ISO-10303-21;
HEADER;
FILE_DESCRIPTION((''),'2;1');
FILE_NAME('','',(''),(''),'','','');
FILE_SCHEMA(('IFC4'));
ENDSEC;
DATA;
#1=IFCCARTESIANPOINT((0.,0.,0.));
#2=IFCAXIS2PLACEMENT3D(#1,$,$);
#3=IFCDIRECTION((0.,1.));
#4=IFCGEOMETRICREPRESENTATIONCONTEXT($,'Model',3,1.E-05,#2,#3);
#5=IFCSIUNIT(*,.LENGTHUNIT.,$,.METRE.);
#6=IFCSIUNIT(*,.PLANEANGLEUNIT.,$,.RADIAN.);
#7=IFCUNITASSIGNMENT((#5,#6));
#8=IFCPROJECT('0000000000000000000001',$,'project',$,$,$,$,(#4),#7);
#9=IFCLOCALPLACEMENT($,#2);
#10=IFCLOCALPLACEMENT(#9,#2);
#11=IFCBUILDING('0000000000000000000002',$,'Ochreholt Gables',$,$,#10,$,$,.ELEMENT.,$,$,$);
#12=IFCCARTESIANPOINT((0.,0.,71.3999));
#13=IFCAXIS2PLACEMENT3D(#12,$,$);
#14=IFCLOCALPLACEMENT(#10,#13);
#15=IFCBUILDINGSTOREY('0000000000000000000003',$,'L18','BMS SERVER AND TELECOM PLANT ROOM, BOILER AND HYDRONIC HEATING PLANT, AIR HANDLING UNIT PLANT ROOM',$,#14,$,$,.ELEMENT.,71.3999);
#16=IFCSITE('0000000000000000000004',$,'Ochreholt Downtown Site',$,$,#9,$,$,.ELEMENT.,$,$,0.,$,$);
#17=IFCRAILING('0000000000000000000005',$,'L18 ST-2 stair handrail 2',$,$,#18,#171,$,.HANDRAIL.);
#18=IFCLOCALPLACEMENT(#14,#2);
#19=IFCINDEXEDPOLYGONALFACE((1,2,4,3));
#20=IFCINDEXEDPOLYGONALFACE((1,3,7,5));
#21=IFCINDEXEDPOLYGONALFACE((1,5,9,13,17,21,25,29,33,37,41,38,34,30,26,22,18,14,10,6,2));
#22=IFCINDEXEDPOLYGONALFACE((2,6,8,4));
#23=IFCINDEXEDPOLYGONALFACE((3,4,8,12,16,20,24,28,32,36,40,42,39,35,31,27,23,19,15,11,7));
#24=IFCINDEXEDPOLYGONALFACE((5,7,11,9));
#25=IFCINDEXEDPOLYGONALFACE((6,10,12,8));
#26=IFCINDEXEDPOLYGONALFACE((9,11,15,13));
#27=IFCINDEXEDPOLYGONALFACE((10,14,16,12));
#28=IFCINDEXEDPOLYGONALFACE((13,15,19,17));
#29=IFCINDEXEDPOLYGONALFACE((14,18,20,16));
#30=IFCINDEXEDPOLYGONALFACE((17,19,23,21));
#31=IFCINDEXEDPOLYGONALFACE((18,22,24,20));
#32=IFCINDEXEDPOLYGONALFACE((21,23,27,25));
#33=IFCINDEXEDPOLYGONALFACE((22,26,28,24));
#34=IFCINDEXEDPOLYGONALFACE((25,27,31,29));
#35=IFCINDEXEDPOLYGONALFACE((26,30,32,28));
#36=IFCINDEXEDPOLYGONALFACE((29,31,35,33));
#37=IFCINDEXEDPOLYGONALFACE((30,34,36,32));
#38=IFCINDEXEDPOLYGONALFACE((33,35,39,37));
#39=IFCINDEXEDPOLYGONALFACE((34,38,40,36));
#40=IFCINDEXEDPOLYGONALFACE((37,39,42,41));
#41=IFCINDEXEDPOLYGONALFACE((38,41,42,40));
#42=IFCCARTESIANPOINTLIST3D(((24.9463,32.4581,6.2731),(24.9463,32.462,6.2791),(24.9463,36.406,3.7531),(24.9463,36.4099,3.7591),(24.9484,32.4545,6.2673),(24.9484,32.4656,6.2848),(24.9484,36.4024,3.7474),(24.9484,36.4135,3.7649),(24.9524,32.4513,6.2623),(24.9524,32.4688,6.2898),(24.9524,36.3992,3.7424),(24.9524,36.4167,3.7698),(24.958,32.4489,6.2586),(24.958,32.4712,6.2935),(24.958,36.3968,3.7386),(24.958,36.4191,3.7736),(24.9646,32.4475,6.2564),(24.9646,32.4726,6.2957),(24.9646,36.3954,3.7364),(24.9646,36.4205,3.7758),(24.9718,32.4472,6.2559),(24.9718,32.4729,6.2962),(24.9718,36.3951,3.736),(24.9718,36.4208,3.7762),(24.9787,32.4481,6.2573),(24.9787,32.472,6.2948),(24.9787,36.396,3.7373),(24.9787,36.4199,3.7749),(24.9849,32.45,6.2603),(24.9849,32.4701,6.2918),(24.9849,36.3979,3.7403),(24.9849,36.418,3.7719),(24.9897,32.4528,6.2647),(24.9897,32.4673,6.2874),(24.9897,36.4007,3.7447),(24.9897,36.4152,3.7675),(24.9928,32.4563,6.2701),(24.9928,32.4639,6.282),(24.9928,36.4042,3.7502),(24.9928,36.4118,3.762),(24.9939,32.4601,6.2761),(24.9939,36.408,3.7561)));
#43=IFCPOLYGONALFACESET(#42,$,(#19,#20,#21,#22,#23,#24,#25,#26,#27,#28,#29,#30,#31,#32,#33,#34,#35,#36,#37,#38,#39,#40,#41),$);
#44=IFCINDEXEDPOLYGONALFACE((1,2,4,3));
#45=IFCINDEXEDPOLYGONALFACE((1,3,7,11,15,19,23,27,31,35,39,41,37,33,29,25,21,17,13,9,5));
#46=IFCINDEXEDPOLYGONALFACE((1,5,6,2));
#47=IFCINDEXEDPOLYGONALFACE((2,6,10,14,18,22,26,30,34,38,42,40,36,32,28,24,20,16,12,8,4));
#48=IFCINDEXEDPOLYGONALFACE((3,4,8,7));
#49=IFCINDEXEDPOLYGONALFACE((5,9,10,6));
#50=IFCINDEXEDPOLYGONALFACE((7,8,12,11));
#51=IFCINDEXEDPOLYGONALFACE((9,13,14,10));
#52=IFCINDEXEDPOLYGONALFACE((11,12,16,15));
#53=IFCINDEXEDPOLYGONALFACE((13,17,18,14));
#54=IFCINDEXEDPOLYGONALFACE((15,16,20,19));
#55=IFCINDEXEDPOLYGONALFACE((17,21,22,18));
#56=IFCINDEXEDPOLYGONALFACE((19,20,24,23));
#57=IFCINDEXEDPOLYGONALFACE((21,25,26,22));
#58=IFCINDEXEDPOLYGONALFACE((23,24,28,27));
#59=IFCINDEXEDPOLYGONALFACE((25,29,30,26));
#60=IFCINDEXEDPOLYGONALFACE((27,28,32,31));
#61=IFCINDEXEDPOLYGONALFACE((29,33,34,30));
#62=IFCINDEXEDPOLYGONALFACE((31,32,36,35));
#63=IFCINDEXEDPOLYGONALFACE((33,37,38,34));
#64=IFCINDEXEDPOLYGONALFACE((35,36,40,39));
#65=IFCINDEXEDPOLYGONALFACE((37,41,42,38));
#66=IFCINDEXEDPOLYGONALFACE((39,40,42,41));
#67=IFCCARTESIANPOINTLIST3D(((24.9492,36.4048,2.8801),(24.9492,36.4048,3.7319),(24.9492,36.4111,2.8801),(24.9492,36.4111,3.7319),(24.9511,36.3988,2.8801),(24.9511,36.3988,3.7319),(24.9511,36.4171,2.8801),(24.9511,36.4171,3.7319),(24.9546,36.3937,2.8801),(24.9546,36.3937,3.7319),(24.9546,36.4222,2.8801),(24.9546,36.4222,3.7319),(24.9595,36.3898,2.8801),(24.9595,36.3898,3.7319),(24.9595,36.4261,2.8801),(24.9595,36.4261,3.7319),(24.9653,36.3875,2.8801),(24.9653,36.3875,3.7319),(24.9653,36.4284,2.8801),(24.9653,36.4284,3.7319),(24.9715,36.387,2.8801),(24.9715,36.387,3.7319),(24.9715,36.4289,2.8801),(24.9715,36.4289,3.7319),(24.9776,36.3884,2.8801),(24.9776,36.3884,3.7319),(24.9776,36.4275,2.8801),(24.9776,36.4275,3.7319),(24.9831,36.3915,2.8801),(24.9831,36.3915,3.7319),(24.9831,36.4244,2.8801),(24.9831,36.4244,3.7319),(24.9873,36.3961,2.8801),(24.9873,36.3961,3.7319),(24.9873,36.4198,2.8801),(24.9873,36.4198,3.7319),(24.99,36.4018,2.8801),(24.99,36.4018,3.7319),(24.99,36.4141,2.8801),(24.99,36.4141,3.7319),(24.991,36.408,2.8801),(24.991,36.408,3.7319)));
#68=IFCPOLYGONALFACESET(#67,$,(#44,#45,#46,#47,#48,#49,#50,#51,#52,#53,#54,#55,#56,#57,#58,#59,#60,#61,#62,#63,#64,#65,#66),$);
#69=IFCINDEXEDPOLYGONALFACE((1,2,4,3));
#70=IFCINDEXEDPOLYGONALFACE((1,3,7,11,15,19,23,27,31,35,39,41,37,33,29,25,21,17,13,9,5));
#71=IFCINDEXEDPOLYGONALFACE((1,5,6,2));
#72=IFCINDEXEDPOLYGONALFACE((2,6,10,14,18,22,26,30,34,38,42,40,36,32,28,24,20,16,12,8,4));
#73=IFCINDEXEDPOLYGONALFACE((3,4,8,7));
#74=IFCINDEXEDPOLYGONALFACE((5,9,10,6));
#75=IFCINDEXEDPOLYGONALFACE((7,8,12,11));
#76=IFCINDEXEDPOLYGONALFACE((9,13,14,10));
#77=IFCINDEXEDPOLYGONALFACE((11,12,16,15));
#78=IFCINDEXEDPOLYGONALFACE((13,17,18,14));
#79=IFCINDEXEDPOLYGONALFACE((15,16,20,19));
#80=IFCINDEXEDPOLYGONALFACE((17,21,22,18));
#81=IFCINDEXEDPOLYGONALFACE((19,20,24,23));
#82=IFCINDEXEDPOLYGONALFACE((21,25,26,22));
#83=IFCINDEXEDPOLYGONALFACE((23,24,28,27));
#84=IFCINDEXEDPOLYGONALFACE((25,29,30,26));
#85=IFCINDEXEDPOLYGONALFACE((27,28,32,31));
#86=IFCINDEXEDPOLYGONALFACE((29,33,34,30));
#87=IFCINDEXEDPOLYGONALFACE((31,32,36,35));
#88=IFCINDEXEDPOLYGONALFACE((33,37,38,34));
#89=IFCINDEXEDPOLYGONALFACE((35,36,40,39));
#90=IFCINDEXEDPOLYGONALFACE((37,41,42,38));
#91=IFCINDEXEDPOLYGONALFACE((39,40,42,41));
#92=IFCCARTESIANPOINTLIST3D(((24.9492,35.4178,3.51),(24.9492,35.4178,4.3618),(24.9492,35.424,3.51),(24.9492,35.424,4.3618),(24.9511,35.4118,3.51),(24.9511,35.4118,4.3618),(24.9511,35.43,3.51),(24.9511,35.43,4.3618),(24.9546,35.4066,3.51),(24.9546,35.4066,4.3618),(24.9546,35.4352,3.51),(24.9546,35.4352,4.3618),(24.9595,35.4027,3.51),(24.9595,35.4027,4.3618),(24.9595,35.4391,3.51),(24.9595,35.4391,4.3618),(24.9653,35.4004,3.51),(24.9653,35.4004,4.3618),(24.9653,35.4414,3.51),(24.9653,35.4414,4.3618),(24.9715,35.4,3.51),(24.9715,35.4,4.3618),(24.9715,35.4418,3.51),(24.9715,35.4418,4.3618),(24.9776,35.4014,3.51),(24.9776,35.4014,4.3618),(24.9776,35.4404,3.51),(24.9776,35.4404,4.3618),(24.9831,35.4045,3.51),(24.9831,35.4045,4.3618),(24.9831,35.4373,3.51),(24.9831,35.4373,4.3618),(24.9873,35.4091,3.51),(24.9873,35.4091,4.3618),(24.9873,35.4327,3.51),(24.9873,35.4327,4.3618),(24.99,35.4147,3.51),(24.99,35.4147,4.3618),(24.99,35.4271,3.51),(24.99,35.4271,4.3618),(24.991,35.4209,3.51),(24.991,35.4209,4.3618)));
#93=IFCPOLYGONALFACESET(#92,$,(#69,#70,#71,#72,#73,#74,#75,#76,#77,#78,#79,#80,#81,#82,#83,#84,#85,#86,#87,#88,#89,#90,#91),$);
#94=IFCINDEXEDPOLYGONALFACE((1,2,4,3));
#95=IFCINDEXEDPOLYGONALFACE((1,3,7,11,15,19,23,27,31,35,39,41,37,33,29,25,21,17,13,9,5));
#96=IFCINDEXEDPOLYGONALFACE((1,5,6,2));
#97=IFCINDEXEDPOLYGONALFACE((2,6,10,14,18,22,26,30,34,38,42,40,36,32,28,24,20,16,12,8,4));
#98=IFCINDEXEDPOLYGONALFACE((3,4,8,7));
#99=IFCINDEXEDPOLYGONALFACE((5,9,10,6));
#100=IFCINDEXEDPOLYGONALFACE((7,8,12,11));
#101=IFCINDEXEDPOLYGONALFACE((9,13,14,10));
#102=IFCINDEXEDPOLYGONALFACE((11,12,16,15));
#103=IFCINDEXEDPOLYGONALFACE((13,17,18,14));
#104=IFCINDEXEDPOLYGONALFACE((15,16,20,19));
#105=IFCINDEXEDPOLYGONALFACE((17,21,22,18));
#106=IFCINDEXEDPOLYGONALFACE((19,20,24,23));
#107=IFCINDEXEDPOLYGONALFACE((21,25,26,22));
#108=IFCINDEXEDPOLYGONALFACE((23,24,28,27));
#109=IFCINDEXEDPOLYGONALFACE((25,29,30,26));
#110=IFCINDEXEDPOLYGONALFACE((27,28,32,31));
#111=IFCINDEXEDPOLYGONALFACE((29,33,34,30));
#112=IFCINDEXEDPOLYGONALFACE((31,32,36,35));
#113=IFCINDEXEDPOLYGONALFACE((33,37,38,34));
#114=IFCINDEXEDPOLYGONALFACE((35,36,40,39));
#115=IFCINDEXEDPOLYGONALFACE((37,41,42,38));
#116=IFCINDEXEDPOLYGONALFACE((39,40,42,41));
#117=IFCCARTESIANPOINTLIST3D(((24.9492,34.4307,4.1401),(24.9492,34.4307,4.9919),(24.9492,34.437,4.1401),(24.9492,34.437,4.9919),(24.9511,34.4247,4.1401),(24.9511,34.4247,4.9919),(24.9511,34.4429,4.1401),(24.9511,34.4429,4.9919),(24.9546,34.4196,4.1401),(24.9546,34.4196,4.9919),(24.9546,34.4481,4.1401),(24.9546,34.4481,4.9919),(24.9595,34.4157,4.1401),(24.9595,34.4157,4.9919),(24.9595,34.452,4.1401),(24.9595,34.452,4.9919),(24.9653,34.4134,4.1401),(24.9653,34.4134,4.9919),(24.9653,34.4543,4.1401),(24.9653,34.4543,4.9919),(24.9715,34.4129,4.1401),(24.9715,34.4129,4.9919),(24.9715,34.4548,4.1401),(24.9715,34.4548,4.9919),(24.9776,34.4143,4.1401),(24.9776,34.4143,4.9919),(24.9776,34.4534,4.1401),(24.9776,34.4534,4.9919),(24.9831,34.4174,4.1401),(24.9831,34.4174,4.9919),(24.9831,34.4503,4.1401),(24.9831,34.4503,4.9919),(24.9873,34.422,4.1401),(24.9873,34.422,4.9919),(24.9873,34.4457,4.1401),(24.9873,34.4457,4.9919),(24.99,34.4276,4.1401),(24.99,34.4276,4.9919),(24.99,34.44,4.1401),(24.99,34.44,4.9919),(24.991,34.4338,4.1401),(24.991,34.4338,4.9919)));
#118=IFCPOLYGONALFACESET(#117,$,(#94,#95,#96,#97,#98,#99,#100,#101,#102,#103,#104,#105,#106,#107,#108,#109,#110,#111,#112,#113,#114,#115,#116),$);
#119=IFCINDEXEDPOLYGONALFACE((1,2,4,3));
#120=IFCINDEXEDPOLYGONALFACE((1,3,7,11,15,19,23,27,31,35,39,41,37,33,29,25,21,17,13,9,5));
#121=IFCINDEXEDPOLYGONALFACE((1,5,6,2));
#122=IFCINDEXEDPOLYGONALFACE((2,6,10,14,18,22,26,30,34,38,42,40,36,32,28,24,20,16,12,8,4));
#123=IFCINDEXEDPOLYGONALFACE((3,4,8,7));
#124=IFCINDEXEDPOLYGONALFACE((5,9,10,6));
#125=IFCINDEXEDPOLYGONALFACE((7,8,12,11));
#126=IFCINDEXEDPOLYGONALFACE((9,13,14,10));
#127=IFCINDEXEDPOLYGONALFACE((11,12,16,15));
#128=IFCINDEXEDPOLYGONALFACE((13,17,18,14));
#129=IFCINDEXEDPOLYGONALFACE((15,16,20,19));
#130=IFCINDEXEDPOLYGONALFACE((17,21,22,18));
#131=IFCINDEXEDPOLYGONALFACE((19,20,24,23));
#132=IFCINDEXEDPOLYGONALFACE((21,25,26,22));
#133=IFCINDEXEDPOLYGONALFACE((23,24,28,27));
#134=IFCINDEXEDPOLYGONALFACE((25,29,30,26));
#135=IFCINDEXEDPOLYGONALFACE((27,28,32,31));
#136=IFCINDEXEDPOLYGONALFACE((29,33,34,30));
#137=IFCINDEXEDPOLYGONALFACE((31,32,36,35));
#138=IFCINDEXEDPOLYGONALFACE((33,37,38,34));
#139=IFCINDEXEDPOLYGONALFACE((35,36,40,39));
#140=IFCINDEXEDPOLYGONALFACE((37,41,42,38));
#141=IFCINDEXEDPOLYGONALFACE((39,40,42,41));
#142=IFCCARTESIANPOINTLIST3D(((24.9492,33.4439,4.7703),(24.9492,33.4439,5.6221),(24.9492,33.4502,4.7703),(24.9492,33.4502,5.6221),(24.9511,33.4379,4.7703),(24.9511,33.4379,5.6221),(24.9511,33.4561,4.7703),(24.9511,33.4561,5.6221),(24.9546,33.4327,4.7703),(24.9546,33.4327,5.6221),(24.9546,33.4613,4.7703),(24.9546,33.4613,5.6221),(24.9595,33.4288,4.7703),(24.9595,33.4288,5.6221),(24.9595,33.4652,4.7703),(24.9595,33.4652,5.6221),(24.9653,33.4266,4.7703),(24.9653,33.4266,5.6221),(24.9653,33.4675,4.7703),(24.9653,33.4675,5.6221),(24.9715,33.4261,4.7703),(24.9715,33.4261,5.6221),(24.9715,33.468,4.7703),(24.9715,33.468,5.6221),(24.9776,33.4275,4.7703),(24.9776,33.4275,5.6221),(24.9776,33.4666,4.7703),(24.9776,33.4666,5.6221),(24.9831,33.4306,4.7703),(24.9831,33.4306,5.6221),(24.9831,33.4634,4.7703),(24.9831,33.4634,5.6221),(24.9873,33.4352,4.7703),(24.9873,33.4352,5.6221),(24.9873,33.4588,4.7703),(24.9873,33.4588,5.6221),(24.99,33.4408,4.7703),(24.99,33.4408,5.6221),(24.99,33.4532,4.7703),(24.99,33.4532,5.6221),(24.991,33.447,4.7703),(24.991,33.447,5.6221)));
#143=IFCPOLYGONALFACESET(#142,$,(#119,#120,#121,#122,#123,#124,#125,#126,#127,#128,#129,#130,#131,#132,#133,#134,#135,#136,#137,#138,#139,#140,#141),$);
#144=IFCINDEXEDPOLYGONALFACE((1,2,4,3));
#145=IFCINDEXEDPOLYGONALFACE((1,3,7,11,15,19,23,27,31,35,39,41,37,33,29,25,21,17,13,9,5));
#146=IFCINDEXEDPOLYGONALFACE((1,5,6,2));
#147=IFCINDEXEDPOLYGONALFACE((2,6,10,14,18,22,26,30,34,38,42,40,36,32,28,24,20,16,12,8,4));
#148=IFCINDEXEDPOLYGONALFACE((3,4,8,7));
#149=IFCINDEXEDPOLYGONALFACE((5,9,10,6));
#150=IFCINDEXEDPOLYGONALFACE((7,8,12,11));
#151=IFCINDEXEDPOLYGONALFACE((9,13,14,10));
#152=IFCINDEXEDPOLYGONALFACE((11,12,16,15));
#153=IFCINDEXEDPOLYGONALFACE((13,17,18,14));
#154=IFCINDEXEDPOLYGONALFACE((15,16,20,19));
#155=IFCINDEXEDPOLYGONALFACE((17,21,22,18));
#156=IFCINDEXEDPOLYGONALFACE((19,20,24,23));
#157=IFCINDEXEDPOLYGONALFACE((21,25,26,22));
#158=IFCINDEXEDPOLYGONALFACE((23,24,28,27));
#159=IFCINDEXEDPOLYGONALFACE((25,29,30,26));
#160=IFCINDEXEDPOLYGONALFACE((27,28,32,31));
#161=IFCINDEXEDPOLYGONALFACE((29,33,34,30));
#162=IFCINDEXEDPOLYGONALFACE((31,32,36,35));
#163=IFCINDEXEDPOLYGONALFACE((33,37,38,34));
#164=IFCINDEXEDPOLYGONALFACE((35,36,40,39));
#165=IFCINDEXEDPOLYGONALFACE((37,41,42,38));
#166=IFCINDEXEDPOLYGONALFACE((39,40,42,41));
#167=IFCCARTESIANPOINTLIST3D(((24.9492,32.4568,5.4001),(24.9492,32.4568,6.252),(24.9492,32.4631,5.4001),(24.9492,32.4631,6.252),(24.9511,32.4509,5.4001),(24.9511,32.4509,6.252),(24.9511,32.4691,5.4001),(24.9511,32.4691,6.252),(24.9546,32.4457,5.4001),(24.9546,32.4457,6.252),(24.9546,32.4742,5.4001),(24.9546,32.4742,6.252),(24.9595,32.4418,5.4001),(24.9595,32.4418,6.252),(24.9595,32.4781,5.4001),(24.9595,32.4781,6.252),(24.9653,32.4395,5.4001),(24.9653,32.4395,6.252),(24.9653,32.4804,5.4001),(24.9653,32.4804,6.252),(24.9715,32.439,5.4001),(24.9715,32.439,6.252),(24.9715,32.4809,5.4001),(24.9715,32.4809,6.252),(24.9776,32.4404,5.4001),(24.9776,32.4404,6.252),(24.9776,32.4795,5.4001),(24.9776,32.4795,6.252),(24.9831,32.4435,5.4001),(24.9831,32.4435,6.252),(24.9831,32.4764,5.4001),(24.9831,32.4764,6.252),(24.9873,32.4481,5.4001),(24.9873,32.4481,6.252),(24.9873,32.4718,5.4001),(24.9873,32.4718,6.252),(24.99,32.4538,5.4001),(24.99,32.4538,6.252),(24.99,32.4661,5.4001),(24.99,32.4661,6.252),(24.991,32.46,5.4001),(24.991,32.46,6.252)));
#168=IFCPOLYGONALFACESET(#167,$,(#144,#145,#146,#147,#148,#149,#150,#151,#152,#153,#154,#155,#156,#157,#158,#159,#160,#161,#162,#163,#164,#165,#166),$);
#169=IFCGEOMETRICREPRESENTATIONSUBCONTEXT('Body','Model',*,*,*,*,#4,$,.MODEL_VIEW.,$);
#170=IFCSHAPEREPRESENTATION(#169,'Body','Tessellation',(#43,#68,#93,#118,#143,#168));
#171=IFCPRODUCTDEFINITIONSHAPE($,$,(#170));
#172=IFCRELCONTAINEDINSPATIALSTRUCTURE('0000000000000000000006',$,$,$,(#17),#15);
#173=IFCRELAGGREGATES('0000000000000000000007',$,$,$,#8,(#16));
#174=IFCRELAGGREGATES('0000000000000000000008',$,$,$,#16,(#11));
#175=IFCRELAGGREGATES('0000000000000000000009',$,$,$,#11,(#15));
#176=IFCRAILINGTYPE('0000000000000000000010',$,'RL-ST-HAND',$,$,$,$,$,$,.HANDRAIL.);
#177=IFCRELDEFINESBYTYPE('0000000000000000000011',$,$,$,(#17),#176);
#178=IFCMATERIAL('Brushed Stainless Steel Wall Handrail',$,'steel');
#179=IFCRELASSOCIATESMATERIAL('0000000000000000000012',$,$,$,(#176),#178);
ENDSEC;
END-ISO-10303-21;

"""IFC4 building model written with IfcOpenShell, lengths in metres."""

from ifc_helpers import new_model, si_unit, direction, frame, origin, origin_2d, place, context, subcontext, project, spatial, circle, extrude, material, type_object, element, save


model = new_model("IFC4")

# Units and contexts
model_context = context("Model", 3, precision=1e-05, world=origin(), true_north=direction((0.0, 1.0)))
body_context = subcontext(model_context, "Body", "Model", "MODEL_VIEW")
ifc_project = project(units=[si_unit("LENGTHUNIT", "METRE"), si_unit("PLANEANGLEUNIT", "RADIAN")], contexts=[model_context])

# Site, building, storey
site_placement = place(None, origin())
site = spatial("IfcSite", under=ifc_project, at=site_placement, Name="Ochreholt Downtown Site", CompositionType="ELEMENT", RefElevation=0.0)
building_placement = place(site_placement, origin())
building = spatial("IfcBuilding", under=site, at=building_placement, Name="Ochreholt Gables", CompositionType="ELEMENT")
storey_placement = place(building_placement, frame((0.0, 0.0, 71.3999)))
storey = spatial("IfcBuildingStorey", under=building, at=storey_placement, Name="L18", Description="BMS SERVER AND TELECOM PLANT ROOM, BOILER AND HYDRONIC HEATING PLANT, AIR HANDLING UNIT PLANT ROOM", CompositionType="ELEMENT", Elevation=71.3999)

# Railing
ifc_material_1 = material(Name="Brushed Stainless Steel Wall Handrail", Category="steel")
railing_type_1 = type_object("IfcRailingType", Name="RL-ST-HAND", PredefinedType="HANDRAIL", material=ifc_material_1)
railing_1_placement = place(storey_placement, frame((24.97, 36.408, 2.8801)))
element("IfcRailing", 1, at=railing_1_placement, inside=storey, type_object=railing_type_1, Name="L18 ST-2 stair handrail 2", PredefinedType="HANDRAIL", context=body_context, shape_type="SweptSolid", body=[
    extrude(circle(Radius=0.0239, at=origin_2d()), frame((0.0, 0.0, 0.876), z_axis=(0.0, -0.84292, 0.538039), x_axis=(1.0, 0.0, 0.0)), (0.0, 0.0, 1.0), 4.6836),
    extrude(circle(Radius=0.021, at=origin_2d()), origin(), (0.0, 0.0, 1.0), 0.8518),
    extrude(circle(Radius=0.021, at=origin_2d()), frame((0.0, -0.9871, 0.6299)), (0.0, 0.0, 1.0), 0.8518),
    extrude(circle(Radius=0.021, at=origin_2d()), frame((0.0, -1.9741, 1.26)), (0.0, 0.0, 1.0), 0.8518),
    extrude(circle(Radius=0.021, at=origin_2d()), frame((0.0, -2.9609, 1.8901)), (0.0, 0.0, 1.0), 0.8518),
    extrude(circle(Radius=0.021, at=origin_2d()), frame((0.0, -3.948, 2.52)), (0.0, 0.0, 1.0), 0.8518),
])

save(model, "model.ifc")
